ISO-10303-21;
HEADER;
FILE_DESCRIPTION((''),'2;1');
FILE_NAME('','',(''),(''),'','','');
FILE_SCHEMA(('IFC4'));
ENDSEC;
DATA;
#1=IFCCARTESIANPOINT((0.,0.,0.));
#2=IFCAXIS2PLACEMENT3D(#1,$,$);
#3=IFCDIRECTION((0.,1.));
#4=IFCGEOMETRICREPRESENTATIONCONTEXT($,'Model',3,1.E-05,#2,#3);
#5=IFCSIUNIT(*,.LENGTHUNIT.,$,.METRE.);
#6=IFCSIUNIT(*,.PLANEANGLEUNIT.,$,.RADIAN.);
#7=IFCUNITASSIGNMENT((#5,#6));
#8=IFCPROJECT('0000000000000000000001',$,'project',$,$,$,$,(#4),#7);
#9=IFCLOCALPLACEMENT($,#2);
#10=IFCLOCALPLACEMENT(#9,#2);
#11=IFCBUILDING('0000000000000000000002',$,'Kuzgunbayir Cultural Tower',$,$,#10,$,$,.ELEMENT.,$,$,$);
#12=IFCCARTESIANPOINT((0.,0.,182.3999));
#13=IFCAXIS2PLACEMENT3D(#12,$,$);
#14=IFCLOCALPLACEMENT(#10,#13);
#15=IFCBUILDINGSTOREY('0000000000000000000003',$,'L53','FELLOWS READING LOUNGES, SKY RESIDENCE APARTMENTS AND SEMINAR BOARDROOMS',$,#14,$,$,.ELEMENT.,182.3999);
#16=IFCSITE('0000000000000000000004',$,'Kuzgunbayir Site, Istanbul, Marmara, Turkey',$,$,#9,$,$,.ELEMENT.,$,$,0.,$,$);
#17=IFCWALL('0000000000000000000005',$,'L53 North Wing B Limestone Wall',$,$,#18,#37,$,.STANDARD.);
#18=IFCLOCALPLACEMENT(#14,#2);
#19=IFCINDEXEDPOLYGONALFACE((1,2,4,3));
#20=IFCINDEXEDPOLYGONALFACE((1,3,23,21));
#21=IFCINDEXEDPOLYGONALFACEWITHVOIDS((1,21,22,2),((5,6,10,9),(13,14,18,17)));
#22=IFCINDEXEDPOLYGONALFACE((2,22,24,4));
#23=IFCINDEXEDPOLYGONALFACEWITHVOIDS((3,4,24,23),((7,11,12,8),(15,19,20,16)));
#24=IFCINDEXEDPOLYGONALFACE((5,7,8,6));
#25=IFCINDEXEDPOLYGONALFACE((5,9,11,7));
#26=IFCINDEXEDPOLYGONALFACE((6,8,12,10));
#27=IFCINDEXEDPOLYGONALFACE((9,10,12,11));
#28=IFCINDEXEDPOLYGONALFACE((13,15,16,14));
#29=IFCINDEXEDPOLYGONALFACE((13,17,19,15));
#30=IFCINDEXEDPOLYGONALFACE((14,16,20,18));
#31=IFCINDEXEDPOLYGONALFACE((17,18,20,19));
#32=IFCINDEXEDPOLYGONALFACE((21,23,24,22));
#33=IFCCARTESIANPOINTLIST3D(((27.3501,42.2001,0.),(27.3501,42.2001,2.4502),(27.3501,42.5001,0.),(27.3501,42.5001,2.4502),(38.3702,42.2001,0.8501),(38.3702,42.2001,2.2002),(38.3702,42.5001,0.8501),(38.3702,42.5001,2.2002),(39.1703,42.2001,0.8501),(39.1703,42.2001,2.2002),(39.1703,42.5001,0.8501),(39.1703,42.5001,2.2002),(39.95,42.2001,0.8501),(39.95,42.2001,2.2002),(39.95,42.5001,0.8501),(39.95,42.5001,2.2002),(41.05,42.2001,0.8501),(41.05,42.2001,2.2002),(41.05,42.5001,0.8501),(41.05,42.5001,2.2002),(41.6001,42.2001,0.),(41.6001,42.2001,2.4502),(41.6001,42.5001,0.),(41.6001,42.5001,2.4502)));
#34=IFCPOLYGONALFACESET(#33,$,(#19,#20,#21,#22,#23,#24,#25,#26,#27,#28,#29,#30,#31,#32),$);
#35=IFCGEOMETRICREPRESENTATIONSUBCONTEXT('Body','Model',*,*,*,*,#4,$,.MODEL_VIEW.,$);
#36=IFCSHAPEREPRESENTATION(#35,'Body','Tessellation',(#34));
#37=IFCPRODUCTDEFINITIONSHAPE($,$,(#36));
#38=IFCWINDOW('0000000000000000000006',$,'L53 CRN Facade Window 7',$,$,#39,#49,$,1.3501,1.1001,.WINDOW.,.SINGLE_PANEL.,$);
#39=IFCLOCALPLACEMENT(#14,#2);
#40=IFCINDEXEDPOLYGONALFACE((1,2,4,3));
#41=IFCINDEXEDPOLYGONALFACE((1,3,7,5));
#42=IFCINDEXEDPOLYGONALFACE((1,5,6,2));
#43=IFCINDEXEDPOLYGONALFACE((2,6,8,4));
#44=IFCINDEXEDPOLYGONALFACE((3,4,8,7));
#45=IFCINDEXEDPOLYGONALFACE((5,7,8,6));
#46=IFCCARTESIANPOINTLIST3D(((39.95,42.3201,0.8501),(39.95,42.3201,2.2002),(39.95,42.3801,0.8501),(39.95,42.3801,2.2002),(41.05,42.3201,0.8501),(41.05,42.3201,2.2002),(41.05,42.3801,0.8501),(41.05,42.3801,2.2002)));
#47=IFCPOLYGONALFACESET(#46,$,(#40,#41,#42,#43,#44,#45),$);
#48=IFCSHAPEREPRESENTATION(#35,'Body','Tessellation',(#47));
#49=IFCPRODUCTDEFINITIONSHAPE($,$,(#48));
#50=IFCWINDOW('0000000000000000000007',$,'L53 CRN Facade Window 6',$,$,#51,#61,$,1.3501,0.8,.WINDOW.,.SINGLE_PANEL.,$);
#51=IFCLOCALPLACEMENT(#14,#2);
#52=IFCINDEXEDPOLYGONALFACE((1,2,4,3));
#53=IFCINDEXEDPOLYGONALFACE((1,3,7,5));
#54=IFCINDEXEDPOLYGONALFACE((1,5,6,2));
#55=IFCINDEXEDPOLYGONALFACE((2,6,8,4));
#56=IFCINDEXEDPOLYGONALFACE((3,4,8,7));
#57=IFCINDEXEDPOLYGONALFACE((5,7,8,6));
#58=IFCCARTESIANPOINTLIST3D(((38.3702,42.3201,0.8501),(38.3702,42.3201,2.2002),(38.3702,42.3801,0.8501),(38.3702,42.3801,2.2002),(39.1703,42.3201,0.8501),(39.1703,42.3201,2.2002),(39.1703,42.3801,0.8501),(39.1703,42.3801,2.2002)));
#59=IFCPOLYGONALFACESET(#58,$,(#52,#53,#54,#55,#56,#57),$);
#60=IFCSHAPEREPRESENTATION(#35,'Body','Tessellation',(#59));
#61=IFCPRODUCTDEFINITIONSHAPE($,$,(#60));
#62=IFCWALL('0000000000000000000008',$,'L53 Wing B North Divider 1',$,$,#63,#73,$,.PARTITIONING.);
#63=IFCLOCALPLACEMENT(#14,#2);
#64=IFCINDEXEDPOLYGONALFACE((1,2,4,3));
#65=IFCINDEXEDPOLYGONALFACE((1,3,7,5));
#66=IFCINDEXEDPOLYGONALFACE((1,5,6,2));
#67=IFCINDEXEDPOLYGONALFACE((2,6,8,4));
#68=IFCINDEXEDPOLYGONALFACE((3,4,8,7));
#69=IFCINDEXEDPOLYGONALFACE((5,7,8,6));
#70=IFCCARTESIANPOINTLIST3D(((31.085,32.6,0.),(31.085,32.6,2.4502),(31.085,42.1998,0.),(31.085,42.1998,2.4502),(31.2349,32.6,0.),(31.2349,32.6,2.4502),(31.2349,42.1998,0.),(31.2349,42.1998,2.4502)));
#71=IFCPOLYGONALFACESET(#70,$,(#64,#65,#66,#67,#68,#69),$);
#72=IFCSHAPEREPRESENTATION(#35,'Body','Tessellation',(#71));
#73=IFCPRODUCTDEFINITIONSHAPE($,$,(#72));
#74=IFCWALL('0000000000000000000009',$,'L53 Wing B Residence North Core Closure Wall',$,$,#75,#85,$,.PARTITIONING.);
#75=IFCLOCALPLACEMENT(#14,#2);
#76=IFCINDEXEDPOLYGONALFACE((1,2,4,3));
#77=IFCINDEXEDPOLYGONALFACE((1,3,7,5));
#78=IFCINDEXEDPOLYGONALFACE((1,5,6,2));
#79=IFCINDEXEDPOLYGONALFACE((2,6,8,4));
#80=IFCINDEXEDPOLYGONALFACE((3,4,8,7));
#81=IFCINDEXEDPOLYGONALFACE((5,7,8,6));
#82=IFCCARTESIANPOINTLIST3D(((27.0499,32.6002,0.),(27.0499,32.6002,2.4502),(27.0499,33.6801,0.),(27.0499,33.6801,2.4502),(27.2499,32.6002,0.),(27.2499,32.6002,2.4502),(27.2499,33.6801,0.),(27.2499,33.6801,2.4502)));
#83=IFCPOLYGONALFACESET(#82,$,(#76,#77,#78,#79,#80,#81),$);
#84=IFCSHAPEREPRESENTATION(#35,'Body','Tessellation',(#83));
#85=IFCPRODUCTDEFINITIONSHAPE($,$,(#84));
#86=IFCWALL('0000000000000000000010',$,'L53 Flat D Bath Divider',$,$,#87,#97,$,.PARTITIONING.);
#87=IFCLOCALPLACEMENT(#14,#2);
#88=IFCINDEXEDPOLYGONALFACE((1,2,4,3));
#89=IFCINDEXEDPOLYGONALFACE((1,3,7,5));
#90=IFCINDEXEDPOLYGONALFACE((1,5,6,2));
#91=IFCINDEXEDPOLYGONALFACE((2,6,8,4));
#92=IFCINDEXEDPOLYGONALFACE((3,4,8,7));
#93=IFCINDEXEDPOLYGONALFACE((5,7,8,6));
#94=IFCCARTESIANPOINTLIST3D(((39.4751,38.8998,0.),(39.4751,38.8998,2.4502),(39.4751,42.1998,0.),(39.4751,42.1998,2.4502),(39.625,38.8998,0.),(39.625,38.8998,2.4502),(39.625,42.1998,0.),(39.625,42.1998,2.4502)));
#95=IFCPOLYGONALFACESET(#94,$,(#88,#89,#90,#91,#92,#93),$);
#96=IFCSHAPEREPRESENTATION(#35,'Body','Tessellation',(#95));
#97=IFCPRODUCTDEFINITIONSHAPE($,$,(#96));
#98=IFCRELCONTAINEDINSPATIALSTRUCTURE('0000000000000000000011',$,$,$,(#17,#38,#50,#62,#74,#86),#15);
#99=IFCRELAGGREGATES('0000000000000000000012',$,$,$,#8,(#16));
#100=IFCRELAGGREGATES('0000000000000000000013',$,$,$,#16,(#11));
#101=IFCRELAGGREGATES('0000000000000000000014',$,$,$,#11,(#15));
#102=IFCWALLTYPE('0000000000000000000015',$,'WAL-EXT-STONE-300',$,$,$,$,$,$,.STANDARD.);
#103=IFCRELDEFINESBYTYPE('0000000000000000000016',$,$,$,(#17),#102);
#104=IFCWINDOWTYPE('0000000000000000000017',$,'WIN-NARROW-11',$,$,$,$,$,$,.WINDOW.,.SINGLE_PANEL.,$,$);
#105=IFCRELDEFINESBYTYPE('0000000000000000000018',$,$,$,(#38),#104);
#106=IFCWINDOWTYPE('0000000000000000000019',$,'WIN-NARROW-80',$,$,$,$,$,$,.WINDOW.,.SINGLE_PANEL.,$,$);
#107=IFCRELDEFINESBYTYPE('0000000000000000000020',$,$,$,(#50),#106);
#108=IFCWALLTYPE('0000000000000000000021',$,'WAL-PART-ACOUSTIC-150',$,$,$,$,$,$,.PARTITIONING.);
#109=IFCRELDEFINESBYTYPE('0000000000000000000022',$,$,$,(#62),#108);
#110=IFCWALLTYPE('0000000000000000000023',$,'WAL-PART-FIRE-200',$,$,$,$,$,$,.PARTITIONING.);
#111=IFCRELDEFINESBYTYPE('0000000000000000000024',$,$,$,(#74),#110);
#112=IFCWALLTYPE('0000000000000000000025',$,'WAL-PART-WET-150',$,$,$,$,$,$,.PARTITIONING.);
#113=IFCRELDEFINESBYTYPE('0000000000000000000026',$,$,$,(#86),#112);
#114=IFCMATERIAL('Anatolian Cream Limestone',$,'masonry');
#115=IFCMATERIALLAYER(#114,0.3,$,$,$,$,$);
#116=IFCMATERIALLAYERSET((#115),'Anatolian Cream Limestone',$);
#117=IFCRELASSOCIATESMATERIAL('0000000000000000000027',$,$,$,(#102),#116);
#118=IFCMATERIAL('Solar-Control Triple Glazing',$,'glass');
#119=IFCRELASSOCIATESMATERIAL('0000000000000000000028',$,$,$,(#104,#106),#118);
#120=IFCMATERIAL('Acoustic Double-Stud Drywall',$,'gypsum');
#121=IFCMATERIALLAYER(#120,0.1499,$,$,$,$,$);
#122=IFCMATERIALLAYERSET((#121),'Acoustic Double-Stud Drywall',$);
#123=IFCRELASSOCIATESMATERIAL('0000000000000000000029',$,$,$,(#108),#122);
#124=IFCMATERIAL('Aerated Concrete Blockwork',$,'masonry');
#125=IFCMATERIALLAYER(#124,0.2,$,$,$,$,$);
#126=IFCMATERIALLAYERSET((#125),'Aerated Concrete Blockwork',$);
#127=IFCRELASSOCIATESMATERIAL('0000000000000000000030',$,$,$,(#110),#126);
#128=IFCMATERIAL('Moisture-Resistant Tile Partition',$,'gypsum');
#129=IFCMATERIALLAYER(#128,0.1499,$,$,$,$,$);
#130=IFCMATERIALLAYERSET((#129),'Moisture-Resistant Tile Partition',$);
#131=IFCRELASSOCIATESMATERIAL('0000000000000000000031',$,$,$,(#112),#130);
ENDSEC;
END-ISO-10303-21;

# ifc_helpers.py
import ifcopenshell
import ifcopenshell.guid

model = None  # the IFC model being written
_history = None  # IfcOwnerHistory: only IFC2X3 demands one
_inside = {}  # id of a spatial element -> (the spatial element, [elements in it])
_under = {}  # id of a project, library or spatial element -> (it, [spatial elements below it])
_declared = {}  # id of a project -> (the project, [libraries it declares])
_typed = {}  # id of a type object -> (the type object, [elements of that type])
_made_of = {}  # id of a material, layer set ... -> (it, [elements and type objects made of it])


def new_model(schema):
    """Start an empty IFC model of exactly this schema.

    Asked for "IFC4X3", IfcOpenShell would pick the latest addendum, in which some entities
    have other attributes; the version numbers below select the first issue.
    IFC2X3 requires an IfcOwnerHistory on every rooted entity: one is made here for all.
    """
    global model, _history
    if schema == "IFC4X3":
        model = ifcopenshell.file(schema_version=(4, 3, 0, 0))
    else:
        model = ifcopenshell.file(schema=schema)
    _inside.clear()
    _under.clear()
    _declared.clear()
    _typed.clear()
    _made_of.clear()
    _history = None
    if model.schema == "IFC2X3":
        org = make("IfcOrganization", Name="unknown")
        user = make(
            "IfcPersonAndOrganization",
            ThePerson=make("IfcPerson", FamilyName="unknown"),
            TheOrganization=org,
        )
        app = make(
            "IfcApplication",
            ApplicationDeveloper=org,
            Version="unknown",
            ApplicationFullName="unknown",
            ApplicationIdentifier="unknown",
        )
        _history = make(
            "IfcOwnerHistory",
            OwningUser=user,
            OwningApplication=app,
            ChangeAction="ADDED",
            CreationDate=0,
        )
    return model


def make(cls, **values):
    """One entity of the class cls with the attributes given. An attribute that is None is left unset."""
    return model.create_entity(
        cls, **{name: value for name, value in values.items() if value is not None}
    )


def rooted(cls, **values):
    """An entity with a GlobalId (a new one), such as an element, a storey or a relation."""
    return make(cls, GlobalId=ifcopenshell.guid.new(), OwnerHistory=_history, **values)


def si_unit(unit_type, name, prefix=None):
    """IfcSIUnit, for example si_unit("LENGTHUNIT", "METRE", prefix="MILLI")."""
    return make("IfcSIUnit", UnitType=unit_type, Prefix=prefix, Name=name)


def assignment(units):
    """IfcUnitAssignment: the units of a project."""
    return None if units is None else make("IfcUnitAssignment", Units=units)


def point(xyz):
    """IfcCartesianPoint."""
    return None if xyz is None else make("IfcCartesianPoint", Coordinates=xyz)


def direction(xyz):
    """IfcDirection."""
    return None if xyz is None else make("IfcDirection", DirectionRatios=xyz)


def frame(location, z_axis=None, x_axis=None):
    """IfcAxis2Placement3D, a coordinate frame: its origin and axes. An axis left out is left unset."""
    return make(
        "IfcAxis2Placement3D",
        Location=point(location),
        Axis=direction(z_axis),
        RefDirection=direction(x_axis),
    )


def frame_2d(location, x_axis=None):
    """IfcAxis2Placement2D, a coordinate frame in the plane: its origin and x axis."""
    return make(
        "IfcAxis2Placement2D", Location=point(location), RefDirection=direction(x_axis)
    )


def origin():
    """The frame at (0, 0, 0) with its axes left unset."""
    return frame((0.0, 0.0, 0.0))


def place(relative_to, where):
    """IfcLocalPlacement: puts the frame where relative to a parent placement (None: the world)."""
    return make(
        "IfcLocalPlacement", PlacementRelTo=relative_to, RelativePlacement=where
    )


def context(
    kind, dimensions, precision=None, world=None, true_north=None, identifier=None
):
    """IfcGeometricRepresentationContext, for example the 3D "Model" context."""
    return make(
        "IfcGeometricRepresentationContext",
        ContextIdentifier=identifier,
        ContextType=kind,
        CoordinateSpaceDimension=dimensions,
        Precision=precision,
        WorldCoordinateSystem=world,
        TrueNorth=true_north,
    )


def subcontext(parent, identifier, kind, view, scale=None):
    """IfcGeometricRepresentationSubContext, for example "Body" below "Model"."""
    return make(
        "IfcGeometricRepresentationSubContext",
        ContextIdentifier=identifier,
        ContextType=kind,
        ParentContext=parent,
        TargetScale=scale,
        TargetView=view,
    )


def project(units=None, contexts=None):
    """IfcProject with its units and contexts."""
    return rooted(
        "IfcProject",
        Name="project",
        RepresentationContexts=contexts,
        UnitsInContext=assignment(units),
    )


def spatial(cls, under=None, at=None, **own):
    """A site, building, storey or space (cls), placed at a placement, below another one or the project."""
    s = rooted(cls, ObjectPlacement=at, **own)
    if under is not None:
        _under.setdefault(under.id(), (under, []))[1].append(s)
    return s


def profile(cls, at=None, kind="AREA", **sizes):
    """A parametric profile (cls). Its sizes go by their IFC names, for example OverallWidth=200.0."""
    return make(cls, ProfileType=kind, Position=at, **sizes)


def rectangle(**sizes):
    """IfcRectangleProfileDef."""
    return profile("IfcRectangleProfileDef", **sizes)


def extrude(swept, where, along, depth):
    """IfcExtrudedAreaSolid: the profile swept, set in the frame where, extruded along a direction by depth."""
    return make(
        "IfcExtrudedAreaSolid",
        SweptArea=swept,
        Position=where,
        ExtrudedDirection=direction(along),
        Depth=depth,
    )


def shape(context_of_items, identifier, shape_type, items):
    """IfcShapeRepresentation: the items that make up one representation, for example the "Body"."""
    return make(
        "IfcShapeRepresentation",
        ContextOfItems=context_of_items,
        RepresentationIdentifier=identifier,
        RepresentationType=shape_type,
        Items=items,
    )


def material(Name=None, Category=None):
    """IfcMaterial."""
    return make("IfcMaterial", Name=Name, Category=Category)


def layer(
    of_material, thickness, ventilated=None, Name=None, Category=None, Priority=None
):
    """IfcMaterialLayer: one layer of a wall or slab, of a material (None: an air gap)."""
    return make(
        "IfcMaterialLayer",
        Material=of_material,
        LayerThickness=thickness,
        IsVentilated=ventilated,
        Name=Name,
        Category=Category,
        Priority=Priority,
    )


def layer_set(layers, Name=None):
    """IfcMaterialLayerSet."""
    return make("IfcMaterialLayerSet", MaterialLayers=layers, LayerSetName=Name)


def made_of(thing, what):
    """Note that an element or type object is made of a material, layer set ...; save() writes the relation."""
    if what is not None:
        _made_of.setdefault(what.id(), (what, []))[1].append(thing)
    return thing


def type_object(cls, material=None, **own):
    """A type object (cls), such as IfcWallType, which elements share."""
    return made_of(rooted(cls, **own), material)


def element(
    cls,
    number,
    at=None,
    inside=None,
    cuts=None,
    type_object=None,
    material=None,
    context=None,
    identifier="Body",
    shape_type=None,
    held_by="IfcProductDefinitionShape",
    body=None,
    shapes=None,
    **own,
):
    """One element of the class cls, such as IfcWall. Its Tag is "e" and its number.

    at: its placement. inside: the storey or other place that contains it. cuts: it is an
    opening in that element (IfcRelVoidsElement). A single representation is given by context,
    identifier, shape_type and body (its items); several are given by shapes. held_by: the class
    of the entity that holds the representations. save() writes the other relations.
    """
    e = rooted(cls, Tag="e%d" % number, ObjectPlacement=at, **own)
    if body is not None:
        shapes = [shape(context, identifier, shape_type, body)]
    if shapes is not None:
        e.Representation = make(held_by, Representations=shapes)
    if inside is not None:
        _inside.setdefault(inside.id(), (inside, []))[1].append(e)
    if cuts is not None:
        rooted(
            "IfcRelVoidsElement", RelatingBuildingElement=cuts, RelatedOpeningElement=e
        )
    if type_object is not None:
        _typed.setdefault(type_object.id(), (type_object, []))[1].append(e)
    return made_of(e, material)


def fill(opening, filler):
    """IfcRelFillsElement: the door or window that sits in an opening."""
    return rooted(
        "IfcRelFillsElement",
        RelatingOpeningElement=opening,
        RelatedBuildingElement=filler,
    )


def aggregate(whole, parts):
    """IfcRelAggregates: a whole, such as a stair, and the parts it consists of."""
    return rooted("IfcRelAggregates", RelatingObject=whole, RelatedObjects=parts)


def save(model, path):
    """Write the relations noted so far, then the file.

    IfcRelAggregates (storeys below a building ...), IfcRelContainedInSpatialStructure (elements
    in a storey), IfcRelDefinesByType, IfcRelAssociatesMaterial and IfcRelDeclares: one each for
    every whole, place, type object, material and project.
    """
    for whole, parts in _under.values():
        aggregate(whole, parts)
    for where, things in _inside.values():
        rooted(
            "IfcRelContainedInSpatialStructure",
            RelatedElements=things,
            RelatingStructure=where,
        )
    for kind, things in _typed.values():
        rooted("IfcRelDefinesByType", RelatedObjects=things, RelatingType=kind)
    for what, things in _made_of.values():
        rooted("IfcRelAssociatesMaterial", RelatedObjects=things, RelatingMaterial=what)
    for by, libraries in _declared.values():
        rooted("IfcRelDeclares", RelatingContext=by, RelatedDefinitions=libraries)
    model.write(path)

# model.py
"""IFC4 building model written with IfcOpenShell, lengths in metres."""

from ifc_helpers import new_model, si_unit, direction, frame, frame_2d, origin, place, context, subcontext, project, spatial, rectangle, extrude, material, layer, layer_set, type_object, element, fill, save


model = new_model("IFC4")

# Units and contexts
model_context = context("Model", 3, precision=1e-05, world=origin(), true_north=direction((0.0, 1.0)))
body_context = subcontext(model_context, "Body", "Model", "MODEL_VIEW")
ifc_project = project(units=[si_unit("LENGTHUNIT", "METRE"), si_unit("PLANEANGLEUNIT", "RADIAN")], contexts=[model_context])

# Site, building, storey
site_placement = place(None, origin())
site = spatial("IfcSite", under=ifc_project, at=site_placement, Name="Kuzgunbayir Site, Istanbul, Marmara, Turkey", CompositionType="ELEMENT", RefElevation=0.0)
building_placement = place(site_placement, origin())
building = spatial("IfcBuilding", under=site, at=building_placement, Name="Kuzgunbayir Cultural Tower", CompositionType="ELEMENT")
storey_placement = place(building_placement, frame((0.0, 0.0, 182.3999)))
storey = spatial("IfcBuildingStorey", under=building, at=storey_placement, Name="L53", Description="FELLOWS READING LOUNGES, SKY RESIDENCE APARTMENTS AND SEMINAR BOARDROOMS", CompositionType="ELEMENT", Elevation=182.3999)

# Wall, openings, windows
ifc_material_1 = material(Name="Anatolian Cream Limestone", Category="masonry")
ifc_layer_1 = layer(ifc_material_1, 0.3)
ifc_layer_set_1 = layer_set([ifc_layer_1], Name="Anatolian Cream Limestone")
wall_type_1 = type_object("IfcWallType", Name="WAL-EXT-STONE-300", PredefinedType="STANDARD", material=ifc_layer_set_1)
wall_1_placement = place(storey_placement, frame((41.6001, 42.3501, 0.0), z_axis=(0.0, 0.0, 1.0), x_axis=(-1.0, 0.0, 0.0)))
wall_1 = element("IfcWall", 1, at=wall_1_placement, inside=storey, type_object=wall_type_1, Name="L53 North Wing B Limestone Wall", PredefinedType="STANDARD", context=body_context, shape_type="SweptSolid", body=[
    extrude(rectangle(XDim=14.25, YDim=0.3, at=frame_2d((7.125, 0.0))), origin(), (0.0, 0.0, 1.0), 2.4502),
])
opening_1_placement = place(wall_1_placement, frame((2.4299, 0.0, 0.8501)))
opening_1 = element("IfcOpeningElement", 2, at=opening_1_placement, cuts=wall_1, PredefinedType="OPENING", context=body_context, shape_type="SweptSolid", body=[
    extrude(rectangle(XDim=0.8, YDim=1.3501, at=frame_2d((0.3999, 0.675))), frame((0.0, 0.1602, 0.0), z_axis=(0.0, -1.0, 0.0), x_axis=(1.0, 0.0, 0.0)), (0.0, 0.0, 1.0), 0.3201),
])
opening_2_placement = place(wall_1_placement, frame((0.55, 0.0, 0.8501)))
opening_2 = element("IfcOpeningElement", 3, at=opening_2_placement, cuts=wall_1, PredefinedType="OPENING", context=body_context, shape_type="SweptSolid", body=[
    extrude(rectangle(XDim=1.1001, YDim=1.3501, at=frame_2d((0.55, 0.675))), frame((0.0, 0.1602, 0.0), z_axis=(0.0, -1.0, 0.0), x_axis=(1.0, 0.0, 0.0)), (0.0, 0.0, 1.0), 0.3201),
])
ifc_material_2 = material(Name="Solar-Control Triple Glazing", Category="glass")
window_type_1 = type_object("IfcWindowType", Name="WIN-NARROW-11", PartitioningType="SINGLE_PANEL", PredefinedType="WINDOW", material=ifc_material_2)
window_1_placement = place(opening_2_placement, origin())
window_1 = element("IfcWindow", 4, at=window_1_placement, inside=storey, type_object=window_type_1, Name="L53 CRN Facade Window 7", OverallHeight=1.3501, OverallWidth=1.1001, PartitioningType="SINGLE_PANEL", PredefinedType="WINDOW", context=body_context, shape_type="SweptSolid", body=[
    extrude(rectangle(XDim=1.1001, YDim=1.3501, at=frame_2d((0.55, 0.675))), frame((0.0, 0.03, 0.0), z_axis=(0.0, -1.0, 0.0), x_axis=(1.0, 0.0, 0.0)), (0.0, 0.0, 1.0), 0.0601),
])
fill(opening_2, window_1)
window_type_2 = type_object("IfcWindowType", Name="WIN-NARROW-80", PartitioningType="SINGLE_PANEL", PredefinedType="WINDOW", material=ifc_material_2)
window_2_placement = place(opening_1_placement, origin())
window_2 = element("IfcWindow", 5, at=window_2_placement, inside=storey, type_object=window_type_2, Name="L53 CRN Facade Window 6", OverallHeight=1.3501, OverallWidth=0.8, PartitioningType="SINGLE_PANEL", PredefinedType="WINDOW", context=body_context, shape_type="SweptSolid", body=[
    extrude(rectangle(XDim=0.8, YDim=1.3501, at=frame_2d((0.3999, 0.675))), frame((0.0, 0.03, 0.0), z_axis=(0.0, -1.0, 0.0), x_axis=(1.0, 0.0, 0.0)), (0.0, 0.0, 1.0), 0.0601),
])
fill(opening_1, window_2)

# Wall
ifc_material_3 = material(Name="Acoustic Double-Stud Drywall", Category="gypsum")
ifc_layer_2 = layer(ifc_material_3, 0.1499)
ifc_layer_set_2 = layer_set([ifc_layer_2], Name="Acoustic Double-Stud Drywall")
wall_type_2 = type_object("IfcWallType", Name="WAL-PART-ACOUSTIC-150", PredefinedType="PARTITIONING", material=ifc_layer_set_2)
wall_2_placement = place(storey_placement, frame((31.1599, 32.6001, 0.0), z_axis=(0.0, 0.0, 1.0), x_axis=(0.0, 1.0, 0.0)))
element("IfcWall", 6, at=wall_2_placement, inside=storey, type_object=wall_type_2, Name="L53 Wing B North Divider 1", PredefinedType="PARTITIONING", context=body_context, shape_type="SweptSolid", body=[
    extrude(rectangle(XDim=9.5999, YDim=0.1499, at=frame_2d((4.7998, 0.0))), origin(), (0.0, 0.0, 1.0), 2.4502),
])

# Shared definitions
ifc_material_4 = material(Name="Aerated Concrete Blockwork", Category="masonry")
ifc_layer_3 = layer(ifc_material_4, 0.2)
ifc_layer_set_3 = layer_set([ifc_layer_3], Name="Aerated Concrete Blockwork")
wall_type_3 = type_object("IfcWallType", Name="WAL-PART-FIRE-200", PredefinedType="PARTITIONING", material=ifc_layer_set_3)

# Wall
wall_3_placement = place(storey_placement, frame((27.1499, 32.6001, 0.0), z_axis=(0.0, 0.0, 1.0), x_axis=(0.0, 1.0, 0.0)))
element("IfcWall", 7, at=wall_3_placement, inside=storey, type_object=wall_type_3, Name="L53 Wing B Residence North Core Closure Wall", PredefinedType="PARTITIONING", context=body_context, shape_type="SweptSolid", body=[
    extrude(rectangle(XDim=1.0798, YDim=0.2, at=frame_2d((0.54, 0.0))), origin(), (0.0, 0.0, 1.0), 2.4502),
])

# Shared definitions
ifc_material_5 = material(Name="Moisture-Resistant Tile Partition", Category="gypsum")
ifc_layer_4 = layer(ifc_material_5, 0.1499)
ifc_layer_set_4 = layer_set([ifc_layer_4], Name="Moisture-Resistant Tile Partition")
wall_type_4 = type_object("IfcWallType", Name="WAL-PART-WET-150", PredefinedType="PARTITIONING", material=ifc_layer_set_4)

# Wall
wall_4_placement = place(storey_placement, frame((39.55, 38.8999, 0.0), z_axis=(0.0, 0.0, 1.0), x_axis=(0.0, 1.0, 0.0)))
element("IfcWall", 8, at=wall_4_placement, inside=storey, type_object=wall_type_4, Name="L53 Flat D Bath Divider", PredefinedType="PARTITIONING", context=body_context, shape_type="SweptSolid", body=[
    extrude(rectangle(XDim=3.3, YDim=0.1499, at=frame_2d((1.6499, 0.0))), origin(), (0.0, 0.0, 1.0), 2.4502),
])

save(model, "model.ifc")
